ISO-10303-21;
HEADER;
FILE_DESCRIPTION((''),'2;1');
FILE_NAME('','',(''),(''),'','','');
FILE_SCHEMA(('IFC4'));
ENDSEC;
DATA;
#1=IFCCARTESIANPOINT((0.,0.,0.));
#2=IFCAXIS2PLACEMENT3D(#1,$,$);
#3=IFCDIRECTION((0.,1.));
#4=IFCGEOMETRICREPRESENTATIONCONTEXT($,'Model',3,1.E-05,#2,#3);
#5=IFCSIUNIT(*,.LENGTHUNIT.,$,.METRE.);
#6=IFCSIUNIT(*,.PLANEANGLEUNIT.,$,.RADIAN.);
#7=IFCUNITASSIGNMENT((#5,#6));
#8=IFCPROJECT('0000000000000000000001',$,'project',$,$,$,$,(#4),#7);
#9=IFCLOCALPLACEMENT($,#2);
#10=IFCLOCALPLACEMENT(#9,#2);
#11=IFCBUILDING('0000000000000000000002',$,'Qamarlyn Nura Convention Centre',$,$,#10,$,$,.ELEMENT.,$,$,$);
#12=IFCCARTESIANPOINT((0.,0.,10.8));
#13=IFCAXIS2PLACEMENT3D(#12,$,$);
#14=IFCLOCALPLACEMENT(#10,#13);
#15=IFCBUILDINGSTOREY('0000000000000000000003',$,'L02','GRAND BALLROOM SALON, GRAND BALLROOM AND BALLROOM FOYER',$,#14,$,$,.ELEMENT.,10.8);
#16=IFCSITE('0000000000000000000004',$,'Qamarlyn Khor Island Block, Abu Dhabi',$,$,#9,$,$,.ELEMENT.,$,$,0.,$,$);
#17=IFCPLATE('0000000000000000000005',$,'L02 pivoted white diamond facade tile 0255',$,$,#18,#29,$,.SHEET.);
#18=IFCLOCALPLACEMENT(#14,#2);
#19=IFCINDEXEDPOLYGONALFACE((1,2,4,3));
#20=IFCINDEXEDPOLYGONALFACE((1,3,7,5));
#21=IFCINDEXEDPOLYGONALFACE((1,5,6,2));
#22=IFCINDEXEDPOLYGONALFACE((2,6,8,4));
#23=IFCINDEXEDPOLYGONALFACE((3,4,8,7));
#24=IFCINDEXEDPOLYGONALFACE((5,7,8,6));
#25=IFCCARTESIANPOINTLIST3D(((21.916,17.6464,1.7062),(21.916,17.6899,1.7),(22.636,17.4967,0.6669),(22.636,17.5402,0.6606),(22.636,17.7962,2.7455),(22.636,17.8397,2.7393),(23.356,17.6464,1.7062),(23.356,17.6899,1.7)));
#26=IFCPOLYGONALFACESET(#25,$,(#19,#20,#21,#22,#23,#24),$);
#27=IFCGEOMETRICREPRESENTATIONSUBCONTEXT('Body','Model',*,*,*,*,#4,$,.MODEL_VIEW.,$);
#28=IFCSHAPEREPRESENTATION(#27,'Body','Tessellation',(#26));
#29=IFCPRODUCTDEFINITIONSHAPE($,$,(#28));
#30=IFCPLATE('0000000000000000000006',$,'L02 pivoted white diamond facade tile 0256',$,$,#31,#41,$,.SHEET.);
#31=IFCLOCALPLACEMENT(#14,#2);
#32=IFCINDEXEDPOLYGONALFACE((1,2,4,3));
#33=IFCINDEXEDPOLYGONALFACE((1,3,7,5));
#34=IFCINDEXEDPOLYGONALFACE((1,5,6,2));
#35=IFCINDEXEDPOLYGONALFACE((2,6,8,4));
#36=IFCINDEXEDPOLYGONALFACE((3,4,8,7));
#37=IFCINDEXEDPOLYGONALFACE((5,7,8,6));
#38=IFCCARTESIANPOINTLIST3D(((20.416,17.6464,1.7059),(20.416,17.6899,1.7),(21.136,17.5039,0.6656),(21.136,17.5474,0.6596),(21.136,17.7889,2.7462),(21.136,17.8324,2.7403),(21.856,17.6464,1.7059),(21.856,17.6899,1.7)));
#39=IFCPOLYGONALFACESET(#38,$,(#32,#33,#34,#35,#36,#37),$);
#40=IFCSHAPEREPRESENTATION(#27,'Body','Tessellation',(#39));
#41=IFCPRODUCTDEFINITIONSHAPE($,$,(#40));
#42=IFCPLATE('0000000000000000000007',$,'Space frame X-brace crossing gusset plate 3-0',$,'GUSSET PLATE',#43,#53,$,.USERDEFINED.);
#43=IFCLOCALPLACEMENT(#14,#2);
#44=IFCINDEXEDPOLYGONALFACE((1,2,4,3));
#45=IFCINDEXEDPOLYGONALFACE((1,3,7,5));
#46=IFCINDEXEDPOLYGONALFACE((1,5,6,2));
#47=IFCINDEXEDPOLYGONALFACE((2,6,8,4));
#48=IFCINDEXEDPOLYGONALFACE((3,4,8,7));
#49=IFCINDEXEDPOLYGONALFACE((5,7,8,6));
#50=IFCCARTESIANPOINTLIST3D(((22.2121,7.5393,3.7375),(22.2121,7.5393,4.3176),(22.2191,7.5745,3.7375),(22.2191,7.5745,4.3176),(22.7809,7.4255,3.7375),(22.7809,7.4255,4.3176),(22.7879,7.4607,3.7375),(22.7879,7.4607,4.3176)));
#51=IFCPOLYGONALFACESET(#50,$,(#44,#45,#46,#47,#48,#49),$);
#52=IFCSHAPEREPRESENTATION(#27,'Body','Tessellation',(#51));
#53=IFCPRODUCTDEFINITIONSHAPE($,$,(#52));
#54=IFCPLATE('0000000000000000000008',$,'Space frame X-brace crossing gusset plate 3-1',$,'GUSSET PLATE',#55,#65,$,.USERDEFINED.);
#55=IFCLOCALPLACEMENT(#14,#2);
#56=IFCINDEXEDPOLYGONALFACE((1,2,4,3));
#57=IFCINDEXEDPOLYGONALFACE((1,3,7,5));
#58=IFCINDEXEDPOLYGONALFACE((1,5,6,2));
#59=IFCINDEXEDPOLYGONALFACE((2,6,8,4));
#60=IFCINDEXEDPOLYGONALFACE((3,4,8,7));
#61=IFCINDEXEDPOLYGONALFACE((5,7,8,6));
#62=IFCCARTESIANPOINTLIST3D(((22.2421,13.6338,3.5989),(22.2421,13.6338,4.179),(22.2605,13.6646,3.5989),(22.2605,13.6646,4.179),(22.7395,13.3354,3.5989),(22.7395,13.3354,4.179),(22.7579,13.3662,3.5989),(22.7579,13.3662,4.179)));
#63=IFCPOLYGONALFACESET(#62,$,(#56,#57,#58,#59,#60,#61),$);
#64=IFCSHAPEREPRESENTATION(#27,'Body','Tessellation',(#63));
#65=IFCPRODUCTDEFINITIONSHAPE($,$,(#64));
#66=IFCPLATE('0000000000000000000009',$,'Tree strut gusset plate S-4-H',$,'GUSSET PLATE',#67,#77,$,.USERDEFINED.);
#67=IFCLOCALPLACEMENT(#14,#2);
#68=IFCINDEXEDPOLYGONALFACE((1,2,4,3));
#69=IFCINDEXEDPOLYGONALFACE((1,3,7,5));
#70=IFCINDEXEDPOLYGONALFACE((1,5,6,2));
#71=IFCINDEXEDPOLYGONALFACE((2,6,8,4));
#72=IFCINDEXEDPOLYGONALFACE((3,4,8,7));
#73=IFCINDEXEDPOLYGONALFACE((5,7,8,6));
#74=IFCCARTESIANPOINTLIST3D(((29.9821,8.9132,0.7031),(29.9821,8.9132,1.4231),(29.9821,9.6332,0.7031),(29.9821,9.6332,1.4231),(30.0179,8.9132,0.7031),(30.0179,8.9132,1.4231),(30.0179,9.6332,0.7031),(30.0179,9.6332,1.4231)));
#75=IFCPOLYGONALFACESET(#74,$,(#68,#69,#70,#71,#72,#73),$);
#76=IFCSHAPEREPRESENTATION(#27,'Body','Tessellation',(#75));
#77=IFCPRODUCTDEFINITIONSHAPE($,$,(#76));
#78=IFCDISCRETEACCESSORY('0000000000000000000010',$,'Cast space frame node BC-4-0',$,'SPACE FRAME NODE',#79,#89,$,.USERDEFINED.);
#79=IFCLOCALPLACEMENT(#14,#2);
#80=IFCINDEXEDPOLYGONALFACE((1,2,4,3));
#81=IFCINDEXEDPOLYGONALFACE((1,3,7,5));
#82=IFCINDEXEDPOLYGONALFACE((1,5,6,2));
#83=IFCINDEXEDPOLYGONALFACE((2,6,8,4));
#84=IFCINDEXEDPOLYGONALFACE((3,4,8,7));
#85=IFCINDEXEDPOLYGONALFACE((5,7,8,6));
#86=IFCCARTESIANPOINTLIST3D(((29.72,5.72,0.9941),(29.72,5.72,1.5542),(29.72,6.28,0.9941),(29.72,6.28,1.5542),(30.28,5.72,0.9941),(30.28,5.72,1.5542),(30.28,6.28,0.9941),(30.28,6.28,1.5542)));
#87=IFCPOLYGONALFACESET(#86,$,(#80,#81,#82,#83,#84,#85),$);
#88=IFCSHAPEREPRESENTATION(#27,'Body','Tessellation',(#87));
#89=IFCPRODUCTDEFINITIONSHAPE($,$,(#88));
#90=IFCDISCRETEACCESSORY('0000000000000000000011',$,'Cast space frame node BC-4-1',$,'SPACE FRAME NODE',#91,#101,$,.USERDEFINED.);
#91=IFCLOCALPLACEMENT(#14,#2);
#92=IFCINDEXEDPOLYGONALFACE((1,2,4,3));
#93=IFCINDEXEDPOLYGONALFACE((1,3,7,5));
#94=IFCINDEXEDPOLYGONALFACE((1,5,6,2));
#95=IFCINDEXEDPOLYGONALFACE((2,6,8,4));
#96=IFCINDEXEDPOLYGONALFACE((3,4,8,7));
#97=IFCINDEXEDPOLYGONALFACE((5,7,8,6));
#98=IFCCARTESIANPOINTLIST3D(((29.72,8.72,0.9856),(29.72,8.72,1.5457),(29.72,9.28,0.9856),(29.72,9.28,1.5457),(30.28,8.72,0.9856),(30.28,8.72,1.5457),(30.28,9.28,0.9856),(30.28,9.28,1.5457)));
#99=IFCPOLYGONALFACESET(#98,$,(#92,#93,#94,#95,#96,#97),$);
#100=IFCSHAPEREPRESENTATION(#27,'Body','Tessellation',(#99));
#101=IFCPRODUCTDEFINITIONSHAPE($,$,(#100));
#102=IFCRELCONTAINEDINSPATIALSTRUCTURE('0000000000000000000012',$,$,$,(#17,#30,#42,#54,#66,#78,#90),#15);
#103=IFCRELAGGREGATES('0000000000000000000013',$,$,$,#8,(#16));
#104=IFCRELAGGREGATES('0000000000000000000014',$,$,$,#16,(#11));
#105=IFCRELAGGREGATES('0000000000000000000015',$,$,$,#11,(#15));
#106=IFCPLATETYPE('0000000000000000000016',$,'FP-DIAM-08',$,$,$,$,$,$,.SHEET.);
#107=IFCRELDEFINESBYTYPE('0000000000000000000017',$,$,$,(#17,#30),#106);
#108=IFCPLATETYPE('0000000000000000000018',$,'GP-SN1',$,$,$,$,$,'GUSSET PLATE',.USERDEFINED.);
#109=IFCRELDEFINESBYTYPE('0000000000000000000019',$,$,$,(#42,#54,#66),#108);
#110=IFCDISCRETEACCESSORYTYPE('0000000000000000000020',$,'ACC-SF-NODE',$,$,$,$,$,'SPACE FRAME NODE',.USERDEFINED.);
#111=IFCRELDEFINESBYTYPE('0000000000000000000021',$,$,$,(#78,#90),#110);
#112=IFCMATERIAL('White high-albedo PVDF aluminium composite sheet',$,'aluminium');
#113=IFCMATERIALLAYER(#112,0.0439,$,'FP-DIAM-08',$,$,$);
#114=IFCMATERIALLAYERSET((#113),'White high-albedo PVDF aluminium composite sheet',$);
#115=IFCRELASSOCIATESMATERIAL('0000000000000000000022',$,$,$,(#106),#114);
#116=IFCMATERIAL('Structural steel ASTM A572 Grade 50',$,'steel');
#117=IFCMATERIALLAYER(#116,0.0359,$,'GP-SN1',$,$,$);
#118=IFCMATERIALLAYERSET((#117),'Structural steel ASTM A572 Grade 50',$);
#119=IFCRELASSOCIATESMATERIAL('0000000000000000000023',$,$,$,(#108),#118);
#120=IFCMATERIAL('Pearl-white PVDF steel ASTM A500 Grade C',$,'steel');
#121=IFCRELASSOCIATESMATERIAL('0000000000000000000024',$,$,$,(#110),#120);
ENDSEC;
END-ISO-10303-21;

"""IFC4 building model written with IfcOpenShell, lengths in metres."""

from ifc_helpers import new_model, si_unit, direction, frame, origin, origin_2d, place, context, subcontext, project, spatial, polyline, rectangle, outline, extrude, material, layer, layer_set, type_object, element, save


model = new_model("IFC4")

# Units and contexts
model_context = context("Model", 3, precision=1e-05, world=origin(), true_north=direction((0.0, 1.0)))
body_context = subcontext(model_context, "Body", "Model", "MODEL_VIEW")
ifc_project = project(units=[si_unit("LENGTHUNIT", "METRE"), si_unit("PLANEANGLEUNIT", "RADIAN")], contexts=[model_context])

# Site, building, storey
site_placement = place(None, origin())
site = spatial("IfcSite", under=ifc_project, at=site_placement, Name="Qamarlyn Khor Island Block, Abu Dhabi", CompositionType="ELEMENT", RefElevation=0.0)
building_placement = place(site_placement, origin())
building = spatial("IfcBuilding", under=site, at=building_placement, Name="Qamarlyn Nura Convention Centre", CompositionType="ELEMENT")
storey_placement = place(building_placement, frame((0.0, 0.0, 10.8)))
storey = spatial("IfcBuildingStorey", under=building, at=storey_placement, Name="L02", Description="GRAND BALLROOM SALON, GRAND BALLROOM AND BALLROOM FOYER", CompositionType="ELEMENT", Elevation=10.8)

# Shared definitions
ifc_material_1 = material(Name="Pearl-white PVDF steel ASTM A500 Grade C", Category="steel")

# Plates
ifc_material_2 = material(Name="White high-albedo PVDF aluminium composite sheet", Category="aluminium")
ifc_layer_1 = layer(ifc_material_2, 0.0439, Name="FP-DIAM-08")
ifc_layer_set_1 = layer_set([ifc_layer_1], Name="White high-albedo PVDF aluminium composite sheet")
plate_type_1 = type_object("IfcPlateType", Name="FP-DIAM-08", PredefinedType="SHEET", material=ifc_layer_set_1)
for number, where, z_axis, x_axis, name in (
    (1, (22.636, 17.6899, 1.7), (0.0, -0.989776, 0.142629), (1.0, 0.0, 0.0), "L02 pivoted white diamond facade tile 0255"),
    (2, (21.136, 17.6899, 1.7), (0.0, -0.990748, 0.135716), (1.0, 0.0, 0.0), "L02 pivoted white diamond facade tile 0256"),
):
    element("IfcPlate", number, at=place(storey_placement, frame(where, z_axis=z_axis, x_axis=x_axis)), inside=storey, type_object=plate_type_1, Name=name, PredefinedType="SHEET", context=body_context, shape_type="SweptSolid", body=[
        extrude(outline(polyline([(-0.72, 0.0), (0.0, -1.05), (0.72, 0.0), (0.0, 1.05), (-0.72, 0.0)])), origin(), (0.0, 0.0, 1.0), 0.0439),
    ])
ifc_material_3 = material(Name="Structural steel ASTM A572 Grade 50", Category="steel")
ifc_layer_2 = layer(ifc_material_3, 0.0359, Name="GP-SN1")
ifc_layer_set_2 = layer_set([ifc_layer_2], Name="Structural steel ASTM A572 Grade 50")
plate_type_2 = type_object("IfcPlateType", Name="GP-SN1", ElementType="GUSSET PLATE", PredefinedType="USERDEFINED", material=ifc_layer_set_2)
for number, where, z_axis, x_axis, name in (
    (3, (22.5, 7.5, 3.7375), (0.0, 0.0, 1.0), (-0.980581, 0.196116, 0.0), "Space frame X-brace crossing gusset plate 3-0"),
    (4, (22.5, 13.5, 3.5989), (0.0, 0.0, 1.0), (-0.857493, 0.514496, 0.0), "Space frame X-brace crossing gusset plate 3-1"),
):
    element("IfcPlate", number, at=place(storey_placement, frame(where, z_axis=z_axis, x_axis=x_axis)), inside=storey, type_object=plate_type_2, Name=name, ObjectType="GUSSET PLATE", PredefinedType="USERDEFINED", context=body_context, shape_type="SweptSolid", body=[
        extrude(rectangle(XDim=0.5801, YDim=0.0359, at=origin_2d()), origin(), (0.0, 0.0, 1.0), 0.5801),
    ])
plate_1_placement = place(storey_placement, frame((30.0, 9.2732, 0.7031), z_axis=(0.0, 0.0, 1.0), x_axis=(0.0, 1.0, 0.0)))
element("IfcPlate", 5, at=plate_1_placement, inside=storey, type_object=plate_type_2, Name="Tree strut gusset plate S-4-H", ObjectType="GUSSET PLATE", PredefinedType="USERDEFINED", context=body_context, shape_type="SweptSolid", body=[
    extrude(rectangle(XDim=0.72, YDim=0.0359, at=origin_2d()), origin(), (0.0, 0.0, 1.0), 0.72),
])

# Discrete accessories
discrete_accessory_type = type_object("IfcDiscreteAccessoryType", Name="ACC-SF-NODE", ElementType="SPACE FRAME NODE", PredefinedType="USERDEFINED", material=ifc_material_1)
for number, where, z_axis, x_axis, name in (
    (6, (30.0, 6.0, 0.9941), (0.0, 0.0, 1.0), (1.0, 0.0, 0.0), "Cast space frame node BC-4-0"),
    (7, (30.0, 9.0, 0.9856), (0.0, 0.0, 1.0), (1.0, 0.0, 0.0), "Cast space frame node BC-4-1"),
):
    element("IfcDiscreteAccessory", number, at=place(storey_placement, frame(where, z_axis=z_axis, x_axis=x_axis)), inside=storey, type_object=discrete_accessory_type, Name=name, ObjectType="SPACE FRAME NODE", PredefinedType="USERDEFINED", context=body_context, shape_type="SweptSolid", body=[
        extrude(rectangle(XDim=0.5601, YDim=0.5601, at=origin_2d()), origin(), (0.0, 0.0, 1.0), 0.5601),
    ])

save(model, "model.ifc")
